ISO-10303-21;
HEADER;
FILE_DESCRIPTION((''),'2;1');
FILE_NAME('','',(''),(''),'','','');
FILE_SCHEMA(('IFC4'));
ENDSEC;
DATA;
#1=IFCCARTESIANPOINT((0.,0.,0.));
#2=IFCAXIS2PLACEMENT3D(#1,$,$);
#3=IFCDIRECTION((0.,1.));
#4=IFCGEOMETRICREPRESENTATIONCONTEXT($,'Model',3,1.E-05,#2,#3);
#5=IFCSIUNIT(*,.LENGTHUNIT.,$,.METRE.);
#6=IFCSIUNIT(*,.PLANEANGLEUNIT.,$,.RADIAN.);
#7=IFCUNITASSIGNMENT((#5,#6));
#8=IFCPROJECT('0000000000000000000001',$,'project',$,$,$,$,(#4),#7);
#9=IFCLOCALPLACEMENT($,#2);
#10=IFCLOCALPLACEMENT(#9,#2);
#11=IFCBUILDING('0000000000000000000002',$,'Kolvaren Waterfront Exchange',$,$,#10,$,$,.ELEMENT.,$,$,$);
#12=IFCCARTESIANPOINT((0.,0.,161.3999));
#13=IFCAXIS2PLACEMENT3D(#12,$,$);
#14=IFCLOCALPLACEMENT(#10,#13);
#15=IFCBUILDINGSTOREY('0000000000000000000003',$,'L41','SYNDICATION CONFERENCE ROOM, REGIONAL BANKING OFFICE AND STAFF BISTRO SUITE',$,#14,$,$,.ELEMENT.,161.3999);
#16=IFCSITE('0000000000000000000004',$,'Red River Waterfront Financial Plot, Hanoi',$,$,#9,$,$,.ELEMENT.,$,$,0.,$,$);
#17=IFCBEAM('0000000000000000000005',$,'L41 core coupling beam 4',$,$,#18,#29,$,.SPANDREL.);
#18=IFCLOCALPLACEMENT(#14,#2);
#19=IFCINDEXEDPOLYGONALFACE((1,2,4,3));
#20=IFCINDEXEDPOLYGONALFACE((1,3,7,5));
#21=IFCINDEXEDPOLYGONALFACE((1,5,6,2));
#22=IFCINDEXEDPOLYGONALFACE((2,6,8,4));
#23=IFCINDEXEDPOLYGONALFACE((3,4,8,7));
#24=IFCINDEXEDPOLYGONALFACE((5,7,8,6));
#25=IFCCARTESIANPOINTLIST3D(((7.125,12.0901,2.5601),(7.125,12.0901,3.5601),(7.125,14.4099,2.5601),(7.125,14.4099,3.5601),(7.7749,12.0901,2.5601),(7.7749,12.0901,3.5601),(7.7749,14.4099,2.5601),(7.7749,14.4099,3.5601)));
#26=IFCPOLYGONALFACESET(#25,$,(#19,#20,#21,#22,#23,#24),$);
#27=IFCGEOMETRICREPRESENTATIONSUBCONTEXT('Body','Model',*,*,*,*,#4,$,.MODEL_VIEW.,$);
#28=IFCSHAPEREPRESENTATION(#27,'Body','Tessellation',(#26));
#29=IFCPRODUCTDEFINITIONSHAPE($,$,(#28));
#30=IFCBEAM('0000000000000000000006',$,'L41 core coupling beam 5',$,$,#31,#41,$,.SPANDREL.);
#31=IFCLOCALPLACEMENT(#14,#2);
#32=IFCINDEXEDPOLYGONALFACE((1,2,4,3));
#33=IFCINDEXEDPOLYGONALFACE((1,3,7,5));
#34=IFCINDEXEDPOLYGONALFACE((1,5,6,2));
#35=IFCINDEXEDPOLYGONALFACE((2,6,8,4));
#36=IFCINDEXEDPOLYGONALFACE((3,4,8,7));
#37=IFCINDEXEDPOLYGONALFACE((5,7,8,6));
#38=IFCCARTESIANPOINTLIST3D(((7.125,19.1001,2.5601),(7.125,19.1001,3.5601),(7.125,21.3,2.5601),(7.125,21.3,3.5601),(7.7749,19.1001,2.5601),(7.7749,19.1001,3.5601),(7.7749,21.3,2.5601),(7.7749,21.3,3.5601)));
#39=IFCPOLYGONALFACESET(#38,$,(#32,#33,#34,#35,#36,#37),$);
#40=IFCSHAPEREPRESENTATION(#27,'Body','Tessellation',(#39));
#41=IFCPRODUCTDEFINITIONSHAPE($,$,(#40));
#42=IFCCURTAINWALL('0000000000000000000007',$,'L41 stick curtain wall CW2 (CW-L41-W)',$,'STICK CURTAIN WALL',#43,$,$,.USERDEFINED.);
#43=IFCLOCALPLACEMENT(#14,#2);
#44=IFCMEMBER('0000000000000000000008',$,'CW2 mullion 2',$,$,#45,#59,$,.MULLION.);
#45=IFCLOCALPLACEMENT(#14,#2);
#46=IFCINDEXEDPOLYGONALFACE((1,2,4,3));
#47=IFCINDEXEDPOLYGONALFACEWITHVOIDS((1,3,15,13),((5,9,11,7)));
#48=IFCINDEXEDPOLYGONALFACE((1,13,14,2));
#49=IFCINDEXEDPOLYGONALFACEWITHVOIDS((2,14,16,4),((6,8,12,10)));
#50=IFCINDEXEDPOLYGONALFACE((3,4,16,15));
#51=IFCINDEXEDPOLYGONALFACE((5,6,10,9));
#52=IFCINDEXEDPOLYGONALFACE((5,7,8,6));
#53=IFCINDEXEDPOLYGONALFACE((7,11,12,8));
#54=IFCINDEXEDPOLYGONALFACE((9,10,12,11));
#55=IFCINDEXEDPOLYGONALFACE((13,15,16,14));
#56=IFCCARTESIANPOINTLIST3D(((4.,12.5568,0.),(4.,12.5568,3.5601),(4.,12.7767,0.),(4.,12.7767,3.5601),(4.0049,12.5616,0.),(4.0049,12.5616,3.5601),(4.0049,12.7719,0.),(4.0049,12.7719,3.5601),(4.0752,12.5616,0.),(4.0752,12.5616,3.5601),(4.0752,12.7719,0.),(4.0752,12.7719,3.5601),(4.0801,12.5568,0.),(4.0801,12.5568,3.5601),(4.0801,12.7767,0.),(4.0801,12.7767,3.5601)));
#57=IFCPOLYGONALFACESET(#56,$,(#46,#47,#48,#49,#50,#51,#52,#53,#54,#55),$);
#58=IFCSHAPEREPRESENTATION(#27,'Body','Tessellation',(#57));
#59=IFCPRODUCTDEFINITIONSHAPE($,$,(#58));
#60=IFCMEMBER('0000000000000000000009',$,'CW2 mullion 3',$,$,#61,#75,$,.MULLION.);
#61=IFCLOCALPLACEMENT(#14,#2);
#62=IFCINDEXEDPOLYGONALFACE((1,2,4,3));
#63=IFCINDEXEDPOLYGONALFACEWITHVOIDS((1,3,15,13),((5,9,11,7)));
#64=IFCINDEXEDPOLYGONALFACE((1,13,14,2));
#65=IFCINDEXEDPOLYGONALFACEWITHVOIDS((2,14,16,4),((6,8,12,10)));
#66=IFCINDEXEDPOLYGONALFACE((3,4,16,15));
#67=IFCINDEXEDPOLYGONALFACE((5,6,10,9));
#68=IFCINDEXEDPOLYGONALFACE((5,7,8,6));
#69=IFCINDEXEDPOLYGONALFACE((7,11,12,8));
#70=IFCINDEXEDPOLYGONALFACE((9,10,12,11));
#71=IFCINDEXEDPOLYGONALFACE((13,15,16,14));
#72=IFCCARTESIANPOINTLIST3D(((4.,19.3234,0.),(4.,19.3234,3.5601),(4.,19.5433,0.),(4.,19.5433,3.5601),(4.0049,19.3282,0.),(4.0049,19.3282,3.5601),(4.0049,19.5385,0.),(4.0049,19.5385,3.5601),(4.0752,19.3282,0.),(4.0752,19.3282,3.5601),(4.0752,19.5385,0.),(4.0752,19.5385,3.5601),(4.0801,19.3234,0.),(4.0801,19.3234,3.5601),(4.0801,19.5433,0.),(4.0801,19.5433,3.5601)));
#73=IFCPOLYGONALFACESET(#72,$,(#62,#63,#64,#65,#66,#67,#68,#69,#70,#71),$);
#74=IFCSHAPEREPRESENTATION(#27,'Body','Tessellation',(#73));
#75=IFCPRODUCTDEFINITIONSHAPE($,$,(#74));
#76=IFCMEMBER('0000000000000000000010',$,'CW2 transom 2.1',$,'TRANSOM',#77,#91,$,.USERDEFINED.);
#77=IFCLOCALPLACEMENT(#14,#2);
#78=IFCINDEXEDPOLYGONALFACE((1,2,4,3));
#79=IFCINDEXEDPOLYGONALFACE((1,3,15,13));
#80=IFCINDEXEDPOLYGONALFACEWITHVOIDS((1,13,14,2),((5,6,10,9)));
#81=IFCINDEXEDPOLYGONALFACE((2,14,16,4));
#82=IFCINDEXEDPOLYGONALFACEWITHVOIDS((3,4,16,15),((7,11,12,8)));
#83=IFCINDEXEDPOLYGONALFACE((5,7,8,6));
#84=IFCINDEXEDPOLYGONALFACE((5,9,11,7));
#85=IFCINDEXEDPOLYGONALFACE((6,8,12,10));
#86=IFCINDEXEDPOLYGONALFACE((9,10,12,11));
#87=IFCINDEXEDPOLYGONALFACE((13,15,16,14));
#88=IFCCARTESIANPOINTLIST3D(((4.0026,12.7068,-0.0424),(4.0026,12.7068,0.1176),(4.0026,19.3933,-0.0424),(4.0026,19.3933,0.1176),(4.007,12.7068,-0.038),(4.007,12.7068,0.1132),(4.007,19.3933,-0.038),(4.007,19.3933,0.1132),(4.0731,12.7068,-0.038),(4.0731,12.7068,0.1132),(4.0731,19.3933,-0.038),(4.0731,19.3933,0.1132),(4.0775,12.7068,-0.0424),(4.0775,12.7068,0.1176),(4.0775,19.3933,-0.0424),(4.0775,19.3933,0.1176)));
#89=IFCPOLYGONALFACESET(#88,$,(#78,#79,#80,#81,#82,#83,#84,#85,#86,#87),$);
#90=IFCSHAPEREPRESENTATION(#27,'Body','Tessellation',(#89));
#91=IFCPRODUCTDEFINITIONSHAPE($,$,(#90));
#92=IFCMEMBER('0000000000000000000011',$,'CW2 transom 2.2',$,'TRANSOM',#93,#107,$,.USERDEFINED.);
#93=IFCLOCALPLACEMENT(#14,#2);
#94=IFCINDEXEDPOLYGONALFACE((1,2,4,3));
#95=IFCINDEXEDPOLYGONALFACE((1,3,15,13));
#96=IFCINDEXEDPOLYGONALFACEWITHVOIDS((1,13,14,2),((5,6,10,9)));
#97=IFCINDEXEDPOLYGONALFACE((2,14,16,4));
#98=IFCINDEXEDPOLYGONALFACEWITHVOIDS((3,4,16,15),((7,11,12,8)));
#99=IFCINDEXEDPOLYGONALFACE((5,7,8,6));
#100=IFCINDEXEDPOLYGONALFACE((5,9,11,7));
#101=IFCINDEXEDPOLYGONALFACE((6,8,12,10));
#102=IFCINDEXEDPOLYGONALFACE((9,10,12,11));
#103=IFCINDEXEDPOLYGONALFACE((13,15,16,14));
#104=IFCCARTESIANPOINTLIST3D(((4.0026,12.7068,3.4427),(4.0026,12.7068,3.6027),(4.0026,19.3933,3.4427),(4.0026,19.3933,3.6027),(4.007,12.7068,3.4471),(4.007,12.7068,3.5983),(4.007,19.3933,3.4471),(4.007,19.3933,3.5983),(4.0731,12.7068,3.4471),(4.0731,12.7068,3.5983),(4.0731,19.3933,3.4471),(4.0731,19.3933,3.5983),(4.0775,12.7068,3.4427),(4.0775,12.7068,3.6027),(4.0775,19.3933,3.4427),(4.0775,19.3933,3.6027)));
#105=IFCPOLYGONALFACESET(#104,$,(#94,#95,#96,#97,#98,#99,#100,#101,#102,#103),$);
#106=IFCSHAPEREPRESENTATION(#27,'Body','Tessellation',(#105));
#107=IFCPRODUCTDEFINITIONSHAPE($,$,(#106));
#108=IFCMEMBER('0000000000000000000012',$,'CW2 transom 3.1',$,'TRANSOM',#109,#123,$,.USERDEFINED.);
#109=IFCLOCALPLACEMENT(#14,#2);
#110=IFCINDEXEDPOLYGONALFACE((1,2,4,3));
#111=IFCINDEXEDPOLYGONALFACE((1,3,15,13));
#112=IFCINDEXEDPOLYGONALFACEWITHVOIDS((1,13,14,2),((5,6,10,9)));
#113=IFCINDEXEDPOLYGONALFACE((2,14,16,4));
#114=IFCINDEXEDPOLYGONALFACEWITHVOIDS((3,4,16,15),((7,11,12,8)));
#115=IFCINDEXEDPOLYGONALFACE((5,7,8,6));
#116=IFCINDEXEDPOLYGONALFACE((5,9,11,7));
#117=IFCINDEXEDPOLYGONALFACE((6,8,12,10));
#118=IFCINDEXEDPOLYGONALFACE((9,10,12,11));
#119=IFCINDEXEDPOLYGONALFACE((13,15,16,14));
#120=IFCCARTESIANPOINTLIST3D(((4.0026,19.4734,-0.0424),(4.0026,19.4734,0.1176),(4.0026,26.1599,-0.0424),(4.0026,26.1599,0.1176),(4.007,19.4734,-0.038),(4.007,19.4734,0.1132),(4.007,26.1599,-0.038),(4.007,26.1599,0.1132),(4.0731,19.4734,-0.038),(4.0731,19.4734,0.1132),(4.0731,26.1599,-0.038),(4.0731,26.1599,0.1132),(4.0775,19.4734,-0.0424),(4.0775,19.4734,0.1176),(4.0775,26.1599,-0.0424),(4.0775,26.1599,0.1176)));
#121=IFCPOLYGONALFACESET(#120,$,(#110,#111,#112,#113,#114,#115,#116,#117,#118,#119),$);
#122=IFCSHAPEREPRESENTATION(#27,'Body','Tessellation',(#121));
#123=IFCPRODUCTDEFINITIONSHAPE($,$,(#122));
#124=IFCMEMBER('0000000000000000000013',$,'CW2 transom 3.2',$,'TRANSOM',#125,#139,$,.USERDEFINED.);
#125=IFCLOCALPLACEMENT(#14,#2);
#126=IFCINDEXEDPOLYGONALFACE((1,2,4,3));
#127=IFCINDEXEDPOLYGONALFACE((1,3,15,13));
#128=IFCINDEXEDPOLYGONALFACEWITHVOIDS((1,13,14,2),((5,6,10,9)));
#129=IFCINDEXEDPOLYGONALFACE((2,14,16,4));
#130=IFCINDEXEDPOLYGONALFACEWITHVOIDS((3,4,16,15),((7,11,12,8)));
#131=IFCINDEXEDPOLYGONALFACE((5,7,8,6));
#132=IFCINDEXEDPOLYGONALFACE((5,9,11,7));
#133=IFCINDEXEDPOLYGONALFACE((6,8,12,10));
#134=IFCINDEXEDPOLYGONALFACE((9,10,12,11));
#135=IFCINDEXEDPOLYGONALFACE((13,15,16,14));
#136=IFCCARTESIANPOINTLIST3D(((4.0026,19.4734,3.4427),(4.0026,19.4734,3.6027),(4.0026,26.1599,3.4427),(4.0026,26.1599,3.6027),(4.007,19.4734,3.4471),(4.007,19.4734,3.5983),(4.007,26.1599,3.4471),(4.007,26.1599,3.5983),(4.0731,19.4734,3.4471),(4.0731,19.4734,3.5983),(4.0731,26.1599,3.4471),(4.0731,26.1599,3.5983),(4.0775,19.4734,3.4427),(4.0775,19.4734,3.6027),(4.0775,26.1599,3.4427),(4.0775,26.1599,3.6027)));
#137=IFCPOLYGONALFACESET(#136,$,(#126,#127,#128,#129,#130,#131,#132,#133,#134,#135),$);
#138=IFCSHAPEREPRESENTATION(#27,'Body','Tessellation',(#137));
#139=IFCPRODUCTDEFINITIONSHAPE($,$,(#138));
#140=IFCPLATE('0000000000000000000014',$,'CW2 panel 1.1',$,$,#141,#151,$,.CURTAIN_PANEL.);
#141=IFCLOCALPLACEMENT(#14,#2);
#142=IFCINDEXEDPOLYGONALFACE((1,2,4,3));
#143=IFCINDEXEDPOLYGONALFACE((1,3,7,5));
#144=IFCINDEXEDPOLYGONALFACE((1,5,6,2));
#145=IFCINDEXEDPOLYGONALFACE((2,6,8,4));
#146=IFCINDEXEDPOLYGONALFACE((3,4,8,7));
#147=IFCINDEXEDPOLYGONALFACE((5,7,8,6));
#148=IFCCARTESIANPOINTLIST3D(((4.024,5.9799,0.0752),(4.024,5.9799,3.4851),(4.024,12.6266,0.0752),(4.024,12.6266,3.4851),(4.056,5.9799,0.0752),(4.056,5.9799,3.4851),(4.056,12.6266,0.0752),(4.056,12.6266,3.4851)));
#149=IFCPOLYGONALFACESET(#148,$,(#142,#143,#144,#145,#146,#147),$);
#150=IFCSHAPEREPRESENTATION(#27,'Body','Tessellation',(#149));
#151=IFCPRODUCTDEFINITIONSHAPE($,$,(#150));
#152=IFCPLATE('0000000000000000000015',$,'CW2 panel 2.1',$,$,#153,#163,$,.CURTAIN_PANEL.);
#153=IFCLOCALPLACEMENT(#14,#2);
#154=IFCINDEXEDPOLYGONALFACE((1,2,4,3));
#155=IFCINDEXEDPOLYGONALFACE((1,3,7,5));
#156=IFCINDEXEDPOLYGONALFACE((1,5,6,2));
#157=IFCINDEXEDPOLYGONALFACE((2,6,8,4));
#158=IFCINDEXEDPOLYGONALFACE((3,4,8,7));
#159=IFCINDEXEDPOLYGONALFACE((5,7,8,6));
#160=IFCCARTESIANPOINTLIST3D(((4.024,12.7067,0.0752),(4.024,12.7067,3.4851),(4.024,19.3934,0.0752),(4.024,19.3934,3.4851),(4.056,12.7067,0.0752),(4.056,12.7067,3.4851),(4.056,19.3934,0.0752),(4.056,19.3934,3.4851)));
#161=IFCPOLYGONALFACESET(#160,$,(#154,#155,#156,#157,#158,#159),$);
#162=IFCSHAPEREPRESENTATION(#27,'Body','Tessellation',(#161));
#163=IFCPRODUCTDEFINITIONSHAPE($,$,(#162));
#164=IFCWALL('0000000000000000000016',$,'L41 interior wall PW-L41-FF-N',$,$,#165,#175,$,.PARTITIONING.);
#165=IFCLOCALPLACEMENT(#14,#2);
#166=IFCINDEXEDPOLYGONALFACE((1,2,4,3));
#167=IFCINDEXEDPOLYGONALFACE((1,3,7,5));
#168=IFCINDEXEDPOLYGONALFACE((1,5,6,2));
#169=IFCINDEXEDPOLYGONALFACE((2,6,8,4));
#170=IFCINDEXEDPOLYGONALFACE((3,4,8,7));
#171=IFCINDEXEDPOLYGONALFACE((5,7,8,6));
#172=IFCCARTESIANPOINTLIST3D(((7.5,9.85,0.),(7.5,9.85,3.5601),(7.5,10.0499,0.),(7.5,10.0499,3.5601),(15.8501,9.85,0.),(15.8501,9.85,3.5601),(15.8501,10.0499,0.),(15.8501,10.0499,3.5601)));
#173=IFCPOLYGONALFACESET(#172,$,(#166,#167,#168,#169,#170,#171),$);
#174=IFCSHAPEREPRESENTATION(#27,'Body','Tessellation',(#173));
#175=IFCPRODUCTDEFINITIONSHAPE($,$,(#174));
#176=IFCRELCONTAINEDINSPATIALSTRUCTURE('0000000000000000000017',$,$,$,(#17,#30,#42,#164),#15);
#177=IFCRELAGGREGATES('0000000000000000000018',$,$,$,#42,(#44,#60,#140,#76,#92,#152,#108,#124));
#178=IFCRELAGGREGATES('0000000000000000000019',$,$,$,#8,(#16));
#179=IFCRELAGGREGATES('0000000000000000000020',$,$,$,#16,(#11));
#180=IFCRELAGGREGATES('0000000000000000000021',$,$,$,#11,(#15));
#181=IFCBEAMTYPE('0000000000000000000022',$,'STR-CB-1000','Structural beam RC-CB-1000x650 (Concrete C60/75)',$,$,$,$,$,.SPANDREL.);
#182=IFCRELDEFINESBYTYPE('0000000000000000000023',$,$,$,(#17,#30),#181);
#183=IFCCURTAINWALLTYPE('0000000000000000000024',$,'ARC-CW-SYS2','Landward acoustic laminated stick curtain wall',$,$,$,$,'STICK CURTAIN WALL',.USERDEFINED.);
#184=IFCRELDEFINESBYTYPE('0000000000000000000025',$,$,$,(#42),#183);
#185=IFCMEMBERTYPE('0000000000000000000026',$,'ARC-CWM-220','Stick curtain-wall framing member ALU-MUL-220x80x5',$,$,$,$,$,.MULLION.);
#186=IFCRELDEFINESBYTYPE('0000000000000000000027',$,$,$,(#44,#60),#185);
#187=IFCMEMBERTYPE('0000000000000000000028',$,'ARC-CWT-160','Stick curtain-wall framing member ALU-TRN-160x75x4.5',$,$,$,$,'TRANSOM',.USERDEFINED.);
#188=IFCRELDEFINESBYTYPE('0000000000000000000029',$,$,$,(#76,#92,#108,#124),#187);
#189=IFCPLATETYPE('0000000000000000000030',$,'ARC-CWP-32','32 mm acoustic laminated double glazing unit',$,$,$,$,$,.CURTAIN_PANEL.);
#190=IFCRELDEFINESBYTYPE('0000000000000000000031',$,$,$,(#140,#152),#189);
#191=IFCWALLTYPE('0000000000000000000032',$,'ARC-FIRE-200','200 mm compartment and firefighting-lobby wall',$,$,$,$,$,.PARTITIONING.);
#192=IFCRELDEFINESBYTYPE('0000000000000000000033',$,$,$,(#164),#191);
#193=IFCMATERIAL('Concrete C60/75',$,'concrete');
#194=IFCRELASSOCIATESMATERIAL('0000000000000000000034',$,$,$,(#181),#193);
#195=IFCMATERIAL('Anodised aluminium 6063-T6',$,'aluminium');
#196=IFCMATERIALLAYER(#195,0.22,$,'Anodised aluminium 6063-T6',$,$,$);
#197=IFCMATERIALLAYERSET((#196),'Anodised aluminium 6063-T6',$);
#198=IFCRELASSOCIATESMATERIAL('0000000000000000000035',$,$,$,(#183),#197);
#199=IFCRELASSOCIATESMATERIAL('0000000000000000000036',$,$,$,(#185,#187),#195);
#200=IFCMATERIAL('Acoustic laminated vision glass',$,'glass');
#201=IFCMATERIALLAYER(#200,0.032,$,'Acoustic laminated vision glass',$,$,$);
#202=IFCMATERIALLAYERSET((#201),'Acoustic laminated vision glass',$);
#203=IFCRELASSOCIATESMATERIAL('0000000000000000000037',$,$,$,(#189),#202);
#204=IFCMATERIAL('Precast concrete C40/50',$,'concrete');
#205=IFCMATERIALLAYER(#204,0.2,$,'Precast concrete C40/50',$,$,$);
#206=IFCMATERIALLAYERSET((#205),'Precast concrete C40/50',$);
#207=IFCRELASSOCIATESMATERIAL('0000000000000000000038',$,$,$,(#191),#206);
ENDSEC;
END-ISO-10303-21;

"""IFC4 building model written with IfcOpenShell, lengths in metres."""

from ifc_helpers import new_model, si_unit, direction, frame, frame_2d, origin, origin_with_axes, origin_2d, place, context, subcontext, project, spatial, rectangle, hollow_rectangle, extrude, source, transform, mapped, material, layer, layer_set, material_profile, profile_set, type_object, element, aggregate, save


model = new_model("IFC4")

# Units and contexts
model_context = context("Model", 3, precision=1e-05, world=origin(), true_north=direction((0.0, 1.0)))
body_context = subcontext(model_context, "Body", "Model", "MODEL_VIEW")
ifc_project = project(units=[si_unit("LENGTHUNIT", "METRE"), si_unit("PLANEANGLEUNIT", "RADIAN")], contexts=[model_context])

# Site, building, storey
site_placement = place(None, origin())
site = spatial("IfcSite", under=ifc_project, at=site_placement, Name="Red River Waterfront Financial Plot, Hanoi", CompositionType="ELEMENT", RefElevation=0.0)
building_placement = place(site_placement, origin())
building = spatial("IfcBuilding", under=site, at=building_placement, Name="Kolvaren Waterfront Exchange", CompositionType="ELEMENT")
storey_placement = place(building_placement, frame((0.0, 0.0, 161.3999)))
storey = spatial("IfcBuildingStorey", under=building, at=storey_placement, Name="L41", Description="SYNDICATION CONFERENCE ROOM, REGIONAL BANKING OFFICE AND STAFF BISTRO SUITE", CompositionType="ELEMENT", Elevation=161.3999)

# Beams
ifc_material_1 = material(Name="Concrete C60/75", Category="concrete")
ifc_material_profile_1 = material_profile(ifc_material_1, rectangle(XDim=0.6499, YDim=1.0, at=origin_2d()), Name="RC-CB-1000x650")
ifc_profile_set_1 = profile_set([ifc_material_profile_1], Name="Concrete C60/75")
beam_type = type_object("IfcBeamType", Name="STR-CB-1000", Description="Structural beam RC-CB-1000x650 (Concrete C60/75)", PredefinedType="SPANDREL", material=ifc_profile_set_1)
beam_1_placement = place(storey_placement, frame((7.45, 12.0901, 3.0601), z_axis=(0.0, 1.0, 0.0), x_axis=(-1.0, 0.0, 0.0)))
element("IfcBeam", 1, at=beam_1_placement, inside=storey, type_object=beam_type, Name="L41 core coupling beam 4", PredefinedType="SPANDREL", context=body_context, shape_type="SweptSolid", body=[
    extrude(rectangle(XDim=0.6499, YDim=1.0, at=origin_2d()), origin(), (0.0, 0.0, 1.0), 2.3198),
])
beam_2_placement = place(storey_placement, frame((7.45, 19.1001, 3.0601), z_axis=(0.0, 1.0, 0.0), x_axis=(-1.0, 0.0, 0.0)))
element("IfcBeam", 2, at=beam_2_placement, inside=storey, type_object=beam_type, Name="L41 core coupling beam 5", PredefinedType="SPANDREL", context=body_context, shape_type="SweptSolid", body=[
    extrude(rectangle(XDim=0.6499, YDim=1.0, at=origin_2d()), origin(), (0.0, 0.0, 1.0), 2.2),
])

# Curtain wall, members, plates
ifc_material_2 = material(Name="Anodised aluminium 6063-T6", Category="aluminium")
ifc_layer_1 = layer(ifc_material_2, 0.22, Name="Anodised aluminium 6063-T6")
ifc_layer_set_1 = layer_set([ifc_layer_1], Name="Anodised aluminium 6063-T6")
curtain_wall_type = type_object("IfcCurtainWallType", Name="ARC-CW-SYS2", Description="Landward acoustic laminated stick curtain wall", ElementType="STICK CURTAIN WALL", PredefinedType="USERDEFINED", material=ifc_layer_set_1)
curtain_wall_placement = place(storey_placement, origin())
curtain_wall = element("IfcCurtainWall", 3, at=curtain_wall_placement, inside=storey, type_object=curtain_wall_type, Name="L41 stick curtain wall CW2 (CW-L41-W)", ObjectType="STICK CURTAIN WALL", PredefinedType="USERDEFINED")
ifc_material_profile_2 = material_profile(ifc_material_2, hollow_rectangle(XDim=0.0801, YDim=0.22, WallThickness=0.0049, at=origin_2d()), Name="ALU-MUL-220x80x5")
ifc_profile_set_2 = profile_set([ifc_material_profile_2], Name="Anodised aluminium 6063-T6")
member_type_1 = type_object("IfcMemberType", Name="ARC-CWM-220", Description="Stick curtain-wall framing member ALU-MUL-220x80x5", PredefinedType="MULLION", material=ifc_profile_set_2)
shared_shape_1 = source(origin_with_axes(), body_context, "Body", "SweptSolid", [
    extrude(hollow_rectangle(XDim=0.0801, YDim=0.22, WallThickness=0.0049, at=origin_2d()), origin(), (0.0, 0.0, 1.0), 3.5601),
])
member_1_placement = place(storey_placement, frame((4.04, 12.6667, 0.0), z_axis=(0.0, 0.0, 1.0), x_axis=(-1.0, 0.0, 0.0)))
member_1 = element("IfcMember", 4, at=member_1_placement, type_object=member_type_1, Name="CW2 mullion 2", PredefinedType="MULLION", context=body_context, shape_type="MappedRepresentation", body=[
    mapped(shared_shape_1, transform((0.0, 0.0, 0.0), x_axis=(1.0, 0.0, 0.0), y_axis=(0.0, 1.0, 0.0), z_axis=(0.0, 0.0, 1.0), scale=1.0)),
])
member_2_placement = place(storey_placement, frame((4.04, 19.4333, 0.0), z_axis=(0.0, 0.0, 1.0), x_axis=(-1.0, 0.0, 0.0)))
member_2 = element("IfcMember", 5, at=member_2_placement, type_object=member_type_1, Name="CW2 mullion 3", PredefinedType="MULLION", context=body_context, shape_type="MappedRepresentation", body=[
    mapped(shared_shape_1, transform((0.0, 0.0, 0.0), x_axis=(1.0, 0.0, 0.0), y_axis=(0.0, 1.0, 0.0), z_axis=(0.0, 0.0, 1.0), scale=1.0)),
])
ifc_material_profile_3 = material_profile(ifc_material_2, hollow_rectangle(XDim=0.075, YDim=0.1599, WallThickness=0.0044, at=origin_2d()), Name="ALU-TRN-160x75x4.5")
ifc_profile_set_3 = profile_set([ifc_material_profile_3], Name="Anodised aluminium 6063-T6")
member_type_2 = type_object("IfcMemberType", Name="ARC-CWT-160", Description="Stick curtain-wall framing member ALU-TRN-160x75x4.5", ElementType="TRANSOM", PredefinedType="USERDEFINED", material=ifc_profile_set_3)
shared_shape_2 = source(origin_with_axes(), body_context, "Body", "SweptSolid", [
    extrude(hollow_rectangle(XDim=0.075, YDim=0.1599, WallThickness=0.0044, at=origin_2d()), origin(), (0.0, 0.0, 1.0), 6.6865),
])
member_3_placement = place(storey_placement, frame((4.04, 12.7068, 0.0376), z_axis=(0.0, 1.0, 0.0), x_axis=(-1.0, 0.0, 0.0)))
member_3 = element("IfcMember", 6, at=member_3_placement, type_object=member_type_2, Name="CW2 transom 2.1", ObjectType="TRANSOM", PredefinedType="USERDEFINED", context=body_context, shape_type="MappedRepresentation", body=[
    mapped(shared_shape_2, transform((0.0, 0.0, 0.0), x_axis=(1.0, 0.0, 0.0), y_axis=(0.0, 1.0, 0.0), z_axis=(0.0, 0.0, 1.0), scale=1.0)),
])
member_4_placement = place(storey_placement, frame((4.04, 12.7068, 3.5227), z_axis=(0.0, 1.0, 0.0), x_axis=(-1.0, 0.0, 0.0)))
member_4 = element("IfcMember", 7, at=member_4_placement, type_object=member_type_2, Name="CW2 transom 2.2", ObjectType="TRANSOM", PredefinedType="USERDEFINED", context=body_context, shape_type="MappedRepresentation", body=[
    mapped(shared_shape_2, transform((0.0, 0.0, 0.0), x_axis=(1.0, 0.0, 0.0), y_axis=(0.0, 1.0, 0.0), z_axis=(0.0, 0.0, 1.0), scale=1.0)),
])
member_5_placement = place(storey_placement, frame((4.04, 19.4734, 0.0376), z_axis=(0.0, 1.0, 0.0), x_axis=(-1.0, 0.0, 0.0)))
member_5 = element("IfcMember", 8, at=member_5_placement, type_object=member_type_2, Name="CW2 transom 3.1", ObjectType="TRANSOM", PredefinedType="USERDEFINED", context=body_context, shape_type="MappedRepresentation", body=[
    mapped(shared_shape_2, transform((0.0, 0.0, 0.0), x_axis=(1.0, 0.0, 0.0), y_axis=(0.0, 1.0, 0.0), z_axis=(0.0, 0.0, 1.0), scale=1.0)),
])
member_6_placement = place(storey_placement, frame((4.04, 19.4734, 3.5227), z_axis=(0.0, 1.0, 0.0), x_axis=(-1.0, 0.0, 0.0)))
member_6 = element("IfcMember", 9, at=member_6_placement, type_object=member_type_2, Name="CW2 transom 3.2", ObjectType="TRANSOM", PredefinedType="USERDEFINED", context=body_context, shape_type="MappedRepresentation", body=[
    mapped(shared_shape_2, transform((0.0, 0.0, 0.0), x_axis=(1.0, 0.0, 0.0), y_axis=(0.0, 1.0, 0.0), z_axis=(0.0, 0.0, 1.0), scale=1.0)),
])
ifc_material_3 = material(Name="Acoustic laminated vision glass", Category="glass")
ifc_layer_2 = layer(ifc_material_3, 0.032, Name="Acoustic laminated vision glass")
ifc_layer_set_2 = layer_set([ifc_layer_2], Name="Acoustic laminated vision glass")
plate_type = type_object("IfcPlateType", Name="ARC-CWP-32", Description="32 mm acoustic laminated double glazing unit", PredefinedType="CURTAIN_PANEL", material=ifc_layer_set_2)
shared_shape_3 = source(origin_with_axes(), body_context, "Body", "SweptSolid", [
    extrude(rectangle(XDim=6.6467, YDim=0.032, at=origin_2d()), origin(), (0.0, 0.0, 1.0), 3.4099),
])
plate_1_placement = place(storey_placement, frame((4.04, 9.3032, 0.0752), z_axis=(0.0, 0.0, 1.0), x_axis=(0.0, 1.0, 0.0)))
plate_1 = element("IfcPlate", 10, at=plate_1_placement, type_object=plate_type, Name="CW2 panel 1.1", PredefinedType="CURTAIN_PANEL", context=body_context, shape_type="MappedRepresentation", body=[
    mapped(shared_shape_3, transform((0.0, 0.0, 0.0), x_axis=(1.0, 0.0, 0.0), y_axis=(0.0, 1.0, 0.0), z_axis=(0.0, 0.0, 1.0), scale=1.0)),
])
shared_shape_4 = source(origin_with_axes(), body_context, "Body", "SweptSolid", [
    extrude(rectangle(XDim=6.6868, YDim=0.032, at=origin_2d()), origin(), (0.0, 0.0, 1.0), 3.4099),
])
plate_2_placement = place(storey_placement, frame((4.04, 16.05, 0.0752), z_axis=(0.0, 0.0, 1.0), x_axis=(0.0, 1.0, 0.0)))
plate_2 = element("IfcPlate", 11, at=plate_2_placement, type_object=plate_type, Name="CW2 panel 2.1", PredefinedType="CURTAIN_PANEL", context=body_context, shape_type="MappedRepresentation", body=[
    mapped(shared_shape_4, transform((0.0, 0.0, 0.0), x_axis=(1.0, 0.0, 0.0), y_axis=(0.0, 1.0, 0.0), z_axis=(0.0, 0.0, 1.0), scale=1.0)),
])
aggregate(curtain_wall, [member_1, member_2, plate_1, member_3, member_4, plate_2, member_5, member_6])

# Wall
ifc_material_4 = material(Name="Precast concrete C40/50", Category="concrete")
ifc_layer_3 = layer(ifc_material_4, 0.2, Name="Precast concrete C40/50")
ifc_layer_set_3 = layer_set([ifc_layer_3], Name="Precast concrete C40/50")
wall_type_1 = type_object("IfcWallType", Name="ARC-FIRE-200", Description="200 mm compartment and firefighting-lobby wall", PredefinedType="PARTITIONING", material=ifc_layer_set_3)
wall_1_placement = place(storey_placement, frame((7.5, 9.95, 0.0), z_axis=(0.0, 0.0, 1.0), x_axis=(1.0, 0.0, 0.0)))
element("IfcWall", 12, at=wall_1_placement, inside=storey, type_object=wall_type_1, Name="L41 interior wall PW-L41-FF-N", PredefinedType="PARTITIONING", context=body_context, shape_type="SweptSolid", body=[
    extrude(rectangle(XDim=8.3501, YDim=0.2, at=frame_2d((4.175, 0.0))), origin(), (0.0, 0.0, 1.0), 3.5601),
])

save(model, "model.ifc")
